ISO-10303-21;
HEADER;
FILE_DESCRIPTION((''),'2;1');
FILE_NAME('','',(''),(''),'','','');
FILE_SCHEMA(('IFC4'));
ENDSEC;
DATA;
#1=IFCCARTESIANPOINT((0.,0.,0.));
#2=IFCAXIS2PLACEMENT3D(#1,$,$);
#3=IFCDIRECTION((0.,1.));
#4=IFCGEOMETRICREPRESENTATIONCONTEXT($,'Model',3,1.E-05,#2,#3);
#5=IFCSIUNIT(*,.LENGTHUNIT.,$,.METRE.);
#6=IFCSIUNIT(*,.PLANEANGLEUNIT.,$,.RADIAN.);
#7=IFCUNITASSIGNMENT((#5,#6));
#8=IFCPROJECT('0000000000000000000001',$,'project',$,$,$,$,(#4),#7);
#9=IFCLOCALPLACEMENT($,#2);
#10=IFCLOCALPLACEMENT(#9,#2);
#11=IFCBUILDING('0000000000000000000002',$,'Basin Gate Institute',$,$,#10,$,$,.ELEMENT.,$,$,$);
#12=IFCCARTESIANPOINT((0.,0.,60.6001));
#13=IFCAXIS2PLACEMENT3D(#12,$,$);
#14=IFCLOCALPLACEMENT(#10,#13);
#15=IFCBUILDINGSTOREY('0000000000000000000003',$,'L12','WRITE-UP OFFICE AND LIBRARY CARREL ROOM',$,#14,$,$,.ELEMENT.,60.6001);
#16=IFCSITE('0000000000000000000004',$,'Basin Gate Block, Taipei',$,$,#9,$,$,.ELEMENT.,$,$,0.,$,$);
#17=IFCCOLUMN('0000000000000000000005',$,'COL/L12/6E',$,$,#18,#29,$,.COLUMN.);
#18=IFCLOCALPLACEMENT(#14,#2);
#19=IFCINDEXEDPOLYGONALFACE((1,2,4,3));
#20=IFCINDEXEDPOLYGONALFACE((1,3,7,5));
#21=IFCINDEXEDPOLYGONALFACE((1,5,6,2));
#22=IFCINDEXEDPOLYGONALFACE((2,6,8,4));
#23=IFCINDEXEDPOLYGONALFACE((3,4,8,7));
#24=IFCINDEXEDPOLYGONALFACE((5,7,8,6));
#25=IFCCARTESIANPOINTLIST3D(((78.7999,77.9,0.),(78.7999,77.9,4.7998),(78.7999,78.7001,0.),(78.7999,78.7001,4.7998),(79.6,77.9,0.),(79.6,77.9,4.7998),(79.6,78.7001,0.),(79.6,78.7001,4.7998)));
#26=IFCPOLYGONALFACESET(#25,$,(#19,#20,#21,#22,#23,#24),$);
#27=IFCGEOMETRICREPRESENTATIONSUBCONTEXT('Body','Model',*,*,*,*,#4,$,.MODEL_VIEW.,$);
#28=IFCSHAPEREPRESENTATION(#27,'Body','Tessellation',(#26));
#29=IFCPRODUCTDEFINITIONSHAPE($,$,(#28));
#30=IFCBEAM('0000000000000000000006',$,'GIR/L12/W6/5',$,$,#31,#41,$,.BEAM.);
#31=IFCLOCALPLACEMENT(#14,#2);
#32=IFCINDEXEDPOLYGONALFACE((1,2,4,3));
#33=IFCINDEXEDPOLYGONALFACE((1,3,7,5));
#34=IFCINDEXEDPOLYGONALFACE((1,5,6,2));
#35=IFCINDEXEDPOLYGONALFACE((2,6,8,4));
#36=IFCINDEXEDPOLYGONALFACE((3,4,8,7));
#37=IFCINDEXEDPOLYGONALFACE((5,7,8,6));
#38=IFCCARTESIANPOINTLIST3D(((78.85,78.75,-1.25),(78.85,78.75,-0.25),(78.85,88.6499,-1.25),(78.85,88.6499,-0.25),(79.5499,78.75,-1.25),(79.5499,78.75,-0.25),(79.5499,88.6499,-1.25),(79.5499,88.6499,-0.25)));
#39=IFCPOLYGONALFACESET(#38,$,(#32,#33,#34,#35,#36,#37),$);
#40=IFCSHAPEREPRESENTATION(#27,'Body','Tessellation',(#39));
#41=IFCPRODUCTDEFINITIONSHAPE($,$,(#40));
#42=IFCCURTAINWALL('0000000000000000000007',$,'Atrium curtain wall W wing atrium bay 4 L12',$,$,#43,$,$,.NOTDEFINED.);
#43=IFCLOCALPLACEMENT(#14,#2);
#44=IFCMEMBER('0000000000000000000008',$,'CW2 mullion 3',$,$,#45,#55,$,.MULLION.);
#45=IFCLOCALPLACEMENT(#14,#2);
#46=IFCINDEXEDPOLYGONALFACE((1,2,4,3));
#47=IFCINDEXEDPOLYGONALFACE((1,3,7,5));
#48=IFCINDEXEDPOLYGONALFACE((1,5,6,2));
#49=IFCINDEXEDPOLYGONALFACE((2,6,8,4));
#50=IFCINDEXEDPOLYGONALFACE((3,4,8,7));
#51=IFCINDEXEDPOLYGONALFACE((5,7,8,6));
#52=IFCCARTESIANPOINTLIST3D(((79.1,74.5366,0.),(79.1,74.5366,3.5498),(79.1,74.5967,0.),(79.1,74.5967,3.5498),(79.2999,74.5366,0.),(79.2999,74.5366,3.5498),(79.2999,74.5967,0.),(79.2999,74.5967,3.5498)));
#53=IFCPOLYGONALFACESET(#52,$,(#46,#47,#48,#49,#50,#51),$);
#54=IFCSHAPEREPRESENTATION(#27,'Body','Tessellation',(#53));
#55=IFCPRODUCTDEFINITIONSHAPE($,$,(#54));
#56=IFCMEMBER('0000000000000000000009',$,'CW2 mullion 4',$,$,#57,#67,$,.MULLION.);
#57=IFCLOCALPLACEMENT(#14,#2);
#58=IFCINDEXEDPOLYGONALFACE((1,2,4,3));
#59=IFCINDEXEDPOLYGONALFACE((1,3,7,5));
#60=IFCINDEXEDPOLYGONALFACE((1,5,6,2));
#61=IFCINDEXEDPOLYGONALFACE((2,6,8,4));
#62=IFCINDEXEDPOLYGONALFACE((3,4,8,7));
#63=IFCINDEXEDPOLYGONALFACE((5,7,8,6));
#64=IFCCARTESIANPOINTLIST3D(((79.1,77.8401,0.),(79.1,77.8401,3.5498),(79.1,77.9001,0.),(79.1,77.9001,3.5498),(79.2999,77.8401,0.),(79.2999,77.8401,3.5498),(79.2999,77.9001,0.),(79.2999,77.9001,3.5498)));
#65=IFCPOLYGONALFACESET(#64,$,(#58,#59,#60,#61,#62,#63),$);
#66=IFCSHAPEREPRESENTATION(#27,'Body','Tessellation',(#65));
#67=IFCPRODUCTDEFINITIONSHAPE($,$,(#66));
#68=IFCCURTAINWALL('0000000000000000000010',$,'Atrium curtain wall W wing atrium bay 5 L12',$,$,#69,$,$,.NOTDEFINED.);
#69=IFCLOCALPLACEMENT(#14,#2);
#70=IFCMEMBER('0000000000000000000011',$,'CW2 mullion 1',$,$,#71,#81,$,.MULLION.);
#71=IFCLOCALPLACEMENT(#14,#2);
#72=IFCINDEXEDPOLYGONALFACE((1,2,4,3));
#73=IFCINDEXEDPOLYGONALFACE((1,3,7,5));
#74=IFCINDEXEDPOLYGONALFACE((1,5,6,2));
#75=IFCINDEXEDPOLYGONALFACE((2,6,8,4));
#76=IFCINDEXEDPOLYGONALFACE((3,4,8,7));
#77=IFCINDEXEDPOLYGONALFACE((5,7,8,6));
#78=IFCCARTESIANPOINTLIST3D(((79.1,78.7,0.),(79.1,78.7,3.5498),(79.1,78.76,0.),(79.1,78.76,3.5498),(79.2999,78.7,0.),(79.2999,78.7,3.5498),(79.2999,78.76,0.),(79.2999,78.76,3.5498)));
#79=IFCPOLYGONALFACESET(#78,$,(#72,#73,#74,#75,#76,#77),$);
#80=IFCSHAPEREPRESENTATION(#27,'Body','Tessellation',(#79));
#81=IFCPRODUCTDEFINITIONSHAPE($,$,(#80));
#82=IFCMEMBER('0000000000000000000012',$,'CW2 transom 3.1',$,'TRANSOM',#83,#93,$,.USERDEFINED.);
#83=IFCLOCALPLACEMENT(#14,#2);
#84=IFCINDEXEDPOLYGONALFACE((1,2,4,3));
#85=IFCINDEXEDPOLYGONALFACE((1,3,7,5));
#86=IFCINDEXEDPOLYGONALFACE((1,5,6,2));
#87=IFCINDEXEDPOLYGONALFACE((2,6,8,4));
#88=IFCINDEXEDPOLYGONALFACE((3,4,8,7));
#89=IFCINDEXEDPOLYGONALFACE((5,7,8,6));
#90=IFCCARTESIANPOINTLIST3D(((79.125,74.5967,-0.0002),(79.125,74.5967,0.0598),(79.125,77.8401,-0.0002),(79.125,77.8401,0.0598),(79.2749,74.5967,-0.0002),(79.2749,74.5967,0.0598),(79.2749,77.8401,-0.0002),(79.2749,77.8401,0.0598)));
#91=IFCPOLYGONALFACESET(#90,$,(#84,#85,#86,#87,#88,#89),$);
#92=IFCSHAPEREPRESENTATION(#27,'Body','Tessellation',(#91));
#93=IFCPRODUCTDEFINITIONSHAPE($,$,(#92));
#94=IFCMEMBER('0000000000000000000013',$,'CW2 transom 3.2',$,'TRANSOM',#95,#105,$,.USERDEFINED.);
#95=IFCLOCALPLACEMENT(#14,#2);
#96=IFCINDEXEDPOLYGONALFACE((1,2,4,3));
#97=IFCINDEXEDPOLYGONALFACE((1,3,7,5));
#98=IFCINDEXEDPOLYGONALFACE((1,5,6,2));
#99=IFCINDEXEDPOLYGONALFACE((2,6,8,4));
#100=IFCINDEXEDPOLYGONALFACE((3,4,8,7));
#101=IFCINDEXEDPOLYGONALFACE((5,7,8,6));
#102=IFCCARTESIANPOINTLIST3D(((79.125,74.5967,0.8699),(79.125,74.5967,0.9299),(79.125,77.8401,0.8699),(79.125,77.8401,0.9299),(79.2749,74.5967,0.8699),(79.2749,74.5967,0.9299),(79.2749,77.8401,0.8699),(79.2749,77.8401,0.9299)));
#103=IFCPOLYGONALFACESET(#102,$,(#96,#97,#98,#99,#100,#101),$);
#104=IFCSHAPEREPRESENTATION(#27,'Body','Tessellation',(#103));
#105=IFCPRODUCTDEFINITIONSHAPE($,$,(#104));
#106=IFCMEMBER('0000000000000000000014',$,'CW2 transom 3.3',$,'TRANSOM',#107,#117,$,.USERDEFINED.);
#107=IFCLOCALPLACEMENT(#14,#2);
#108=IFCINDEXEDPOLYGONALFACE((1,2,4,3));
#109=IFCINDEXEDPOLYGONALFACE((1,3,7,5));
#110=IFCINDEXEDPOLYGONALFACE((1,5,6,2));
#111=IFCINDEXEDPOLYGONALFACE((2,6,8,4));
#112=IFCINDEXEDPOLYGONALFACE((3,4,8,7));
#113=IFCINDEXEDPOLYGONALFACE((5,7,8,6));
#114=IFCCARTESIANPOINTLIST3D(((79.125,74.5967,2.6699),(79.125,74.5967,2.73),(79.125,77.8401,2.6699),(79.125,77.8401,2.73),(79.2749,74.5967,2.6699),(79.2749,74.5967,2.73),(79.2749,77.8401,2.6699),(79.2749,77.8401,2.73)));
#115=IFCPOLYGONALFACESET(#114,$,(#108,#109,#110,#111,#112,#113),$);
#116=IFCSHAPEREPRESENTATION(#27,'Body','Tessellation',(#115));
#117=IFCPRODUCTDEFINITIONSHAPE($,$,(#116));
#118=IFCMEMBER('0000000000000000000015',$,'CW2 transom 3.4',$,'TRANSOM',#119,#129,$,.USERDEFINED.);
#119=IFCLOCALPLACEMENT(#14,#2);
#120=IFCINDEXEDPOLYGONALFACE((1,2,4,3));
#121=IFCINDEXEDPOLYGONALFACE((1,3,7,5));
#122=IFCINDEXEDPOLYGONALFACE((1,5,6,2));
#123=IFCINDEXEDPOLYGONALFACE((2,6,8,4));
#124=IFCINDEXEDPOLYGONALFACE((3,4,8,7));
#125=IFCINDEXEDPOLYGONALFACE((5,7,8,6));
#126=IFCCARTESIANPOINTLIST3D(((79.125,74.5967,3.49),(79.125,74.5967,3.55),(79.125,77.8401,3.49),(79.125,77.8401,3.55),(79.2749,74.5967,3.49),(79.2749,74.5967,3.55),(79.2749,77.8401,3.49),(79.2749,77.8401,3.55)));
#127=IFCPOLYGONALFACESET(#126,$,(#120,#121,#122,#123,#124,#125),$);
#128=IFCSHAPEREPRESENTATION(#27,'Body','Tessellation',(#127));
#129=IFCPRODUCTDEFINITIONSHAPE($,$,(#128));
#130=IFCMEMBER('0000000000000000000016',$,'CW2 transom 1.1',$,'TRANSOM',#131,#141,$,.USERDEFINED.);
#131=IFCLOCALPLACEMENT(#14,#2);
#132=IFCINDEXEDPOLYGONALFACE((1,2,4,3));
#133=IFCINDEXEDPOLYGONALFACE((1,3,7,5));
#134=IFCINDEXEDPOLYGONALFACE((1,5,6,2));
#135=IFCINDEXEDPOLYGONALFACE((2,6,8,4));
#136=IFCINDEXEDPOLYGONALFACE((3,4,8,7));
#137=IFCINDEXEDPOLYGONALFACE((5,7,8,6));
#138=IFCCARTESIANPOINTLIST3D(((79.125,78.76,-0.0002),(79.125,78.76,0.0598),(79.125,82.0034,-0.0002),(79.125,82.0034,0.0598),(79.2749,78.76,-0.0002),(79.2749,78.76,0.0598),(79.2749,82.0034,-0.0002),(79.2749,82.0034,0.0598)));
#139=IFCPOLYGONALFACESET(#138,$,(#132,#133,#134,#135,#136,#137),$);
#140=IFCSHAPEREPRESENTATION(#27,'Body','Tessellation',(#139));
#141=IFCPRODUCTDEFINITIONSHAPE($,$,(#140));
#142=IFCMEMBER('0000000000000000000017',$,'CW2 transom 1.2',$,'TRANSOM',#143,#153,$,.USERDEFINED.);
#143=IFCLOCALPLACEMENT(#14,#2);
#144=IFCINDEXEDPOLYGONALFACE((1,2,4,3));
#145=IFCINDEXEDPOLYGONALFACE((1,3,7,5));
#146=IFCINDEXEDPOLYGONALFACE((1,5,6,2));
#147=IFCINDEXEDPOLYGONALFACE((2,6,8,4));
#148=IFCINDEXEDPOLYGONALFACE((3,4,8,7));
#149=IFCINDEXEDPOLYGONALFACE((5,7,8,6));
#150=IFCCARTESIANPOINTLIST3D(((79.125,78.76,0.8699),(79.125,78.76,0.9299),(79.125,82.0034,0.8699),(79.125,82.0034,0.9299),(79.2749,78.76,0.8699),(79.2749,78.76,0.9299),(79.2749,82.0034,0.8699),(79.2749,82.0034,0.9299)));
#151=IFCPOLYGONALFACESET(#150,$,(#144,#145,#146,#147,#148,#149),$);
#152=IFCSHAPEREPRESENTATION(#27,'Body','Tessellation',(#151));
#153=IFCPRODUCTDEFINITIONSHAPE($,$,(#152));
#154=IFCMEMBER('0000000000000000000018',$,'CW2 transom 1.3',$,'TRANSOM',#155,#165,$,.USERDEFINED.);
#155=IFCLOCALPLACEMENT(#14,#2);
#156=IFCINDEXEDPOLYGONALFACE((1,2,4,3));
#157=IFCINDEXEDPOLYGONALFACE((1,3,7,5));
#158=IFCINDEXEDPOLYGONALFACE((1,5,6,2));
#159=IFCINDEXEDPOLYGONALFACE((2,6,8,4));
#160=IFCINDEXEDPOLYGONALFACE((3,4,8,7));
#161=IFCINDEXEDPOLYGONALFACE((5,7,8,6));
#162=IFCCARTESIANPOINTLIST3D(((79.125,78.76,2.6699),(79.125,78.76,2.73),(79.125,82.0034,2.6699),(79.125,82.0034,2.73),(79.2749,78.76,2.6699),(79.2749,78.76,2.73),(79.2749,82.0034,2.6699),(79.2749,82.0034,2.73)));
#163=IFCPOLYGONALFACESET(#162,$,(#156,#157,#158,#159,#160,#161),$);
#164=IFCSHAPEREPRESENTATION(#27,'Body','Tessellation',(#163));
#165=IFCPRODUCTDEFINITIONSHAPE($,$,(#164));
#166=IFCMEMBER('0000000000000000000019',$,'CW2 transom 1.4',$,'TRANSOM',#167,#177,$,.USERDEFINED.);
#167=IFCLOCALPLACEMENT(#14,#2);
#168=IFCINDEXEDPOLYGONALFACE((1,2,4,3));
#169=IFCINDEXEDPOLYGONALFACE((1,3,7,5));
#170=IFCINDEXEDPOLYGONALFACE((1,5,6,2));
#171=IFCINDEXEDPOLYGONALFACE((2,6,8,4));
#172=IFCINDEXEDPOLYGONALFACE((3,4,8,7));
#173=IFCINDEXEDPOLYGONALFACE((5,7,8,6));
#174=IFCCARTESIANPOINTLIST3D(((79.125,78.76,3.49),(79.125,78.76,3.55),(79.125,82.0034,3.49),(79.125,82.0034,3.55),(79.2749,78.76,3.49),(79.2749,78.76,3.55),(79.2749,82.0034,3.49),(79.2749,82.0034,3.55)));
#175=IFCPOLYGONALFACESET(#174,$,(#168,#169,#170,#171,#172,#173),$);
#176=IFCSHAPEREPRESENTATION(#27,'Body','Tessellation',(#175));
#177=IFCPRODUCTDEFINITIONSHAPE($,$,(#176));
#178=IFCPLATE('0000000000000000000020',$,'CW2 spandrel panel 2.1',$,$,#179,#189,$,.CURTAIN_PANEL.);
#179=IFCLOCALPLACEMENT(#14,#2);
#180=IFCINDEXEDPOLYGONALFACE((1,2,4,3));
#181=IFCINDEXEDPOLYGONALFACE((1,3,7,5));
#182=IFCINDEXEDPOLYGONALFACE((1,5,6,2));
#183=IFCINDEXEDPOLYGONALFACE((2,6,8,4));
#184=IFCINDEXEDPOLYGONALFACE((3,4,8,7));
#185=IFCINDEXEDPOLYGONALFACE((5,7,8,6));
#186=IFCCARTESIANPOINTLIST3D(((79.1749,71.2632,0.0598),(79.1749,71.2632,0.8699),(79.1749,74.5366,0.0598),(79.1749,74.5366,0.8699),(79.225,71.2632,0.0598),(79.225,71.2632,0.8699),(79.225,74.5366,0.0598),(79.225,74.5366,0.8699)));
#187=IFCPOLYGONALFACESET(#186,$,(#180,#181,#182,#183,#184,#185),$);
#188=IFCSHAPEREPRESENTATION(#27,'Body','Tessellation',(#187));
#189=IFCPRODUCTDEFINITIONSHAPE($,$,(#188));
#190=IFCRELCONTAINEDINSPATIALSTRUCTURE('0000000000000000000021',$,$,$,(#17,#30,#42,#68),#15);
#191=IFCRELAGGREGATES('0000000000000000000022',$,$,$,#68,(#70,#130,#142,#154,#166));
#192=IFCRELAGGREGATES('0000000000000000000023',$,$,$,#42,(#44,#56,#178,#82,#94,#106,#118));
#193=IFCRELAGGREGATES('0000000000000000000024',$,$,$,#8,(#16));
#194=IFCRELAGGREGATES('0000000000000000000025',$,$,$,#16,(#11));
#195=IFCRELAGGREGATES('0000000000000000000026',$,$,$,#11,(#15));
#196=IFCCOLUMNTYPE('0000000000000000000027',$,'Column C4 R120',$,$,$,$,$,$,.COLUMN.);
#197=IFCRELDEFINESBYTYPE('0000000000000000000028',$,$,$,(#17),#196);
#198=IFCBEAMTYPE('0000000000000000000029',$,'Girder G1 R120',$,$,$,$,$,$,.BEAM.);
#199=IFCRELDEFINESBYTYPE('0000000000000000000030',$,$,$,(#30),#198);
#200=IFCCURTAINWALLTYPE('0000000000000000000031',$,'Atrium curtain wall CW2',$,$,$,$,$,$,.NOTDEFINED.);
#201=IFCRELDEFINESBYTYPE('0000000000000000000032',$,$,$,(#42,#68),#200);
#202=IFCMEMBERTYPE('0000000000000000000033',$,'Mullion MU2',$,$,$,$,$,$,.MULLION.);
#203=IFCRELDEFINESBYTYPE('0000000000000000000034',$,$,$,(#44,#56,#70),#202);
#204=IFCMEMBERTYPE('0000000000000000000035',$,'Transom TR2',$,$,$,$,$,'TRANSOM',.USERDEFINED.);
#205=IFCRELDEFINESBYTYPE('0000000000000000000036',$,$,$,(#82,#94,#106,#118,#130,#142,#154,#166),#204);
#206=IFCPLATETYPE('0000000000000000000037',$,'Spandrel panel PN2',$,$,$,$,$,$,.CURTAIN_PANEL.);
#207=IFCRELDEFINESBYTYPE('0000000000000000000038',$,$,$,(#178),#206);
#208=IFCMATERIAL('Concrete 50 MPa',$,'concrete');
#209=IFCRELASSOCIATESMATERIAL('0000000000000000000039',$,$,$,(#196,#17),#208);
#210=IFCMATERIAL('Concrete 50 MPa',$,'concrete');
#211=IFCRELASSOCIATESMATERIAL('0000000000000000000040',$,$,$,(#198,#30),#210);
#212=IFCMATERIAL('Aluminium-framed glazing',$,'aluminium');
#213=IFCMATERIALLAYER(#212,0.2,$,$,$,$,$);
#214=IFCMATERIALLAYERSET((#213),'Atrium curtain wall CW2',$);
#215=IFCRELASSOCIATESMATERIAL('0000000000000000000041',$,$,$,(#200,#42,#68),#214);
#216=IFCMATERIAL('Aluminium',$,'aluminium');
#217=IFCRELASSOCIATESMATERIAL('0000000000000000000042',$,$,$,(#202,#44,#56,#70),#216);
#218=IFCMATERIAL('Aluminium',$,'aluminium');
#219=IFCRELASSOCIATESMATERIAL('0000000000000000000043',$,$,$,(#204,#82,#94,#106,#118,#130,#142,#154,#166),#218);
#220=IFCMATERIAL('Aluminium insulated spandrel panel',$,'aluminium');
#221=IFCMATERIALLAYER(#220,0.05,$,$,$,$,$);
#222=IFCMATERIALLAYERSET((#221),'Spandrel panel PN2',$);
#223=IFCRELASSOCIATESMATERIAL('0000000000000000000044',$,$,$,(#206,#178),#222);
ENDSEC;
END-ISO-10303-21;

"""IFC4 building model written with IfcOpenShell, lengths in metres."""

from ifc_helpers import new_model, si_unit, direction, frame, origin, origin_2d, place, context, subcontext, project, spatial, rectangle, extrude, material, layer, layer_set, material_profile, profile_set, type_object, element, aggregate, save


model = new_model("IFC4")

# Units and contexts
model_context = context("Model", 3, precision=1e-05, world=origin(), true_north=direction((0.0, 1.0)))
body_context = subcontext(model_context, "Body", "Model", "MODEL_VIEW")
ifc_project = project(units=[si_unit("LENGTHUNIT", "METRE"), si_unit("PLANEANGLEUNIT", "RADIAN")], contexts=[model_context])

# Site, building, storey
site_placement = place(None, origin())
site = spatial("IfcSite", under=ifc_project, at=site_placement, Name="Basin Gate Block, Taipei", CompositionType="ELEMENT", RefElevation=0.0)
building_placement = place(site_placement, origin())
building = spatial("IfcBuilding", under=site, at=building_placement, Name="Basin Gate Institute", CompositionType="ELEMENT")
storey_placement = place(building_placement, frame((0.0, 0.0, 60.6001)))
storey = spatial("IfcBuildingStorey", under=building, at=storey_placement, Name="L12", Description="WRITE-UP OFFICE AND LIBRARY CARREL ROOM", CompositionType="ELEMENT", Elevation=60.6001)

# Column
ifc_material_1 = material(Name="Concrete 50 MPa", Category="concrete")
ifc_material_profile_1 = material_profile(ifc_material_1, rectangle(XDim=0.8, YDim=0.8, at=origin_2d()), Name="Column C4 800 x 800")
ifc_profile_set_1 = profile_set([ifc_material_profile_1], Name="Concrete 50 MPa")
column_type = type_object("IfcColumnType", Name="Column C4 R120", PredefinedType="COLUMN", material=ifc_profile_set_1)
column_placement = place(storey_placement, frame((79.2, 78.3, 0.0), z_axis=(0.0, 0.0, 1.0), x_axis=(1.0, 0.0, 0.0)))
element("IfcColumn", 1, at=column_placement, inside=storey, type_object=column_type, material=ifc_profile_set_1, Name="COL/L12/6E", PredefinedType="COLUMN", context=body_context, shape_type="SweptSolid", body=[
    extrude(rectangle(XDim=0.8, YDim=0.8, at=origin_2d()), origin(), (0.0, 0.0, 1.0), 4.7998),
])

# Beam
ifc_material_2 = material(Name="Concrete 50 MPa", Category="concrete")
ifc_material_profile_2 = material_profile(ifc_material_2, rectangle(XDim=0.7, YDim=1.0, at=origin_2d()), Name="Girder G1 700 x 1000")
ifc_profile_set_2 = profile_set([ifc_material_profile_2], Name="Concrete 50 MPa")
beam_type = type_object("IfcBeamType", Name="Girder G1 R120", PredefinedType="BEAM", material=ifc_profile_set_2)
beam_placement = place(storey_placement, frame((79.2, 78.75, -0.75), z_axis=(0.0, 1.0, 0.0), x_axis=(-1.0, 0.0, 0.0)))
element("IfcBeam", 2, at=beam_placement, inside=storey, type_object=beam_type, material=ifc_profile_set_2, Name="GIR/L12/W6/5", PredefinedType="BEAM", context=body_context, shape_type="SweptSolid", body=[
    extrude(rectangle(XDim=0.7, YDim=1.0, at=origin_2d()), origin(), (0.0, 0.0, 1.0), 9.8999),
])

# Curtain wall, members
ifc_material_3 = material(Name="Aluminium-framed glazing", Category="aluminium")
ifc_layer_1 = layer(ifc_material_3, 0.2)
ifc_layer_set_1 = layer_set([ifc_layer_1], Name="Atrium curtain wall CW2")
curtain_wall_type = type_object("IfcCurtainWallType", Name="Atrium curtain wall CW2", PredefinedType="NOTDEFINED", material=ifc_layer_set_1)
curtain_wall_1_placement = place(storey_placement, origin())
curtain_wall_1 = element("IfcCurtainWall", 3, at=curtain_wall_1_placement, inside=storey, type_object=curtain_wall_type, material=ifc_layer_set_1, Name="Atrium curtain wall W wing atrium bay 4 L12", PredefinedType="NOTDEFINED")
ifc_material_4 = material(Name="Aluminium", Category="aluminium")
ifc_material_profile_3 = material_profile(ifc_material_4, rectangle(XDim=0.2, YDim=0.0601, at=origin_2d()), Name="Mullion MU2 200 x 60")
ifc_profile_set_3 = profile_set([ifc_material_profile_3], Name="Aluminium")
member_type_1 = type_object("IfcMemberType", Name="Mullion MU2", PredefinedType="MULLION", material=ifc_profile_set_3)
member_1_placement = place(storey_placement, frame((79.2, 74.5667, 0.0), z_axis=(0.0, 0.0, 1.0), x_axis=(-1.0, 0.0, 0.0)))
member_1 = element("IfcMember", 4, at=member_1_placement, type_object=member_type_1, material=ifc_profile_set_3, Name="CW2 mullion 3", PredefinedType="MULLION", context=body_context, shape_type="SweptSolid", body=[
    extrude(rectangle(XDim=0.2, YDim=0.0601, at=origin_2d()), origin(), (0.0, 0.0, 1.0), 3.5498),
])
member_2_placement = place(storey_placement, frame((79.2, 77.8701, 0.0), z_axis=(0.0, 0.0, 1.0), x_axis=(-1.0, 0.0, 0.0)))
member_2 = element("IfcMember", 5, at=member_2_placement, type_object=member_type_1, material=ifc_profile_set_3, Name="CW2 mullion 4", PredefinedType="MULLION", context=body_context, shape_type="SweptSolid", body=[
    extrude(rectangle(XDim=0.2, YDim=0.0601, at=origin_2d()), origin(), (0.0, 0.0, 1.0), 3.5498),
])

# Curtain wall, member
curtain_wall_2_placement = place(storey_placement, origin())
curtain_wall_2 = element("IfcCurtainWall", 6, at=curtain_wall_2_placement, inside=storey, type_object=curtain_wall_type, material=ifc_layer_set_1, Name="Atrium curtain wall W wing atrium bay 5 L12", PredefinedType="NOTDEFINED")
member_3_placement = place(storey_placement, frame((79.2, 78.73, 0.0), z_axis=(0.0, 0.0, 1.0), x_axis=(-1.0, 0.0, 0.0)))
member_3 = element("IfcMember", 7, at=member_3_placement, type_object=member_type_1, material=ifc_profile_set_3, Name="CW2 mullion 1", PredefinedType="MULLION", context=body_context, shape_type="SweptSolid", body=[
    extrude(rectangle(XDim=0.2, YDim=0.0601, at=origin_2d()), origin(), (0.0, 0.0, 1.0), 3.5498),
])

# Members
ifc_material_5 = material(Name="Aluminium", Category="aluminium")
ifc_material_profile_4 = material_profile(ifc_material_5, rectangle(XDim=0.1499, YDim=0.0601, at=origin_2d()), Name="Transom TR2 150 x 60")
ifc_profile_set_4 = profile_set([ifc_material_profile_4], Name="Aluminium")
member_type_2 = type_object("IfcMemberType", Name="Transom TR2", ElementType="TRANSOM", PredefinedType="USERDEFINED", material=ifc_profile_set_4)
member_4_placement = place(storey_placement, frame((79.2, 74.5967, 0.0298), z_axis=(0.0, 1.0, 0.0), x_axis=(-1.0, 0.0, 0.0)))
member_4 = element("IfcMember", 8, at=member_4_placement, type_object=member_type_2, material=ifc_profile_set_4, Name="CW2 transom 3.1", ObjectType="TRANSOM", PredefinedType="USERDEFINED", context=body_context, shape_type="SweptSolid", body=[
    extrude(rectangle(XDim=0.1499, YDim=0.0601, at=origin_2d()), origin(), (0.0, 0.0, 1.0), 3.2434),
])
member_5_placement = place(storey_placement, frame((79.2, 74.5967, 0.8999), z_axis=(0.0, 1.0, 0.0), x_axis=(-1.0, 0.0, 0.0)))
member_5 = element("IfcMember", 9, at=member_5_placement, type_object=member_type_2, material=ifc_profile_set_4, Name="CW2 transom 3.2", ObjectType="TRANSOM", PredefinedType="USERDEFINED", context=body_context, shape_type="SweptSolid", body=[
    extrude(rectangle(XDim=0.1499, YDim=0.0601, at=origin_2d()), origin(), (0.0, 0.0, 1.0), 3.2434),
])
member_6_placement = place(storey_placement, frame((79.2, 74.5967, 2.7), z_axis=(0.0, 1.0, 0.0), x_axis=(-1.0, 0.0, 0.0)))
member_6 = element("IfcMember", 10, at=member_6_placement, type_object=member_type_2, material=ifc_profile_set_4, Name="CW2 transom 3.3", ObjectType="TRANSOM", PredefinedType="USERDEFINED", context=body_context, shape_type="SweptSolid", body=[
    extrude(rectangle(XDim=0.1499, YDim=0.0601, at=origin_2d()), origin(), (0.0, 0.0, 1.0), 3.2434),
])
member_7_placement = place(storey_placement, frame((79.2, 74.5967, 3.52), z_axis=(0.0, 1.0, 0.0), x_axis=(-1.0, 0.0, 0.0)))
member_7 = element("IfcMember", 11, at=member_7_placement, type_object=member_type_2, material=ifc_profile_set_4, Name="CW2 transom 3.4", ObjectType="TRANSOM", PredefinedType="USERDEFINED", context=body_context, shape_type="SweptSolid", body=[
    extrude(rectangle(XDim=0.1499, YDim=0.0601, at=origin_2d()), origin(), (0.0, 0.0, 1.0), 3.2434),
])
member_8_placement = place(storey_placement, frame((79.2, 78.76, 0.0298), z_axis=(0.0, 1.0, 0.0), x_axis=(-1.0, 0.0, 0.0)))
member_8 = element("IfcMember", 12, at=member_8_placement, type_object=member_type_2, material=ifc_profile_set_4, Name="CW2 transom 1.1", ObjectType="TRANSOM", PredefinedType="USERDEFINED", context=body_context, shape_type="SweptSolid", body=[
    extrude(rectangle(XDim=0.1499, YDim=0.0601, at=origin_2d()), origin(), (0.0, 0.0, 1.0), 3.2434),
])
member_9_placement = place(storey_placement, frame((79.2, 78.76, 0.8999), z_axis=(0.0, 1.0, 0.0), x_axis=(-1.0, 0.0, 0.0)))
member_9 = element("IfcMember", 13, at=member_9_placement, type_object=member_type_2, material=ifc_profile_set_4, Name="CW2 transom 1.2", ObjectType="TRANSOM", PredefinedType="USERDEFINED", context=body_context, shape_type="SweptSolid", body=[
    extrude(rectangle(XDim=0.1499, YDim=0.0601, at=origin_2d()), origin(), (0.0, 0.0, 1.0), 3.2434),
])
member_10_placement = place(storey_placement, frame((79.2, 78.76, 2.7), z_axis=(0.0, 1.0, 0.0), x_axis=(-1.0, 0.0, 0.0)))
member_10 = element("IfcMember", 14, at=member_10_placement, type_object=member_type_2, material=ifc_profile_set_4, Name="CW2 transom 1.3", ObjectType="TRANSOM", PredefinedType="USERDEFINED", context=body_context, shape_type="SweptSolid", body=[
    extrude(rectangle(XDim=0.1499, YDim=0.0601, at=origin_2d()), origin(), (0.0, 0.0, 1.0), 3.2434),
])
member_11_placement = place(storey_placement, frame((79.2, 78.76, 3.52), z_axis=(0.0, 1.0, 0.0), x_axis=(-1.0, 0.0, 0.0)))
member_11 = element("IfcMember", 15, at=member_11_placement, type_object=member_type_2, material=ifc_profile_set_4, Name="CW2 transom 1.4", ObjectType="TRANSOM", PredefinedType="USERDEFINED", context=body_context, shape_type="SweptSolid", body=[
    extrude(rectangle(XDim=0.1499, YDim=0.0601, at=origin_2d()), origin(), (0.0, 0.0, 1.0), 3.2434),
])
aggregate(curtain_wall_2, [member_3, member_8, member_9, member_10, member_11])

# Plate
ifc_material_6 = material(Name="Aluminium insulated spandrel panel", Category="aluminium")
ifc_layer_2 = layer(ifc_material_6, 0.05)
ifc_layer_set_2 = layer_set([ifc_layer_2], Name="Spandrel panel PN2")
plate_type_1 = type_object("IfcPlateType", Name="Spandrel panel PN2", PredefinedType="CURTAIN_PANEL", material=ifc_layer_set_2)
plate_1_placement = place(storey_placement, frame((79.2, 72.8999, 0.0598), z_axis=(0.0, 0.0, 1.0), x_axis=(0.0, 1.0, 0.0)))
plate_1 = element("IfcPlate", 16, at=plate_1_placement, type_object=plate_type_1, material=ifc_layer_set_2, Name="CW2 spandrel panel 2.1", PredefinedType="CURTAIN_PANEL", context=body_context, shape_type="SweptSolid", body=[
    extrude(rectangle(XDim=3.2734, YDim=0.05, at=origin_2d()), origin(), (0.0, 0.0, 1.0), 0.8101),
])
aggregate(curtain_wall_1, [member_1, member_2, plate_1, member_4, member_5, member_6, member_7])

save(model, "model.ifc")
